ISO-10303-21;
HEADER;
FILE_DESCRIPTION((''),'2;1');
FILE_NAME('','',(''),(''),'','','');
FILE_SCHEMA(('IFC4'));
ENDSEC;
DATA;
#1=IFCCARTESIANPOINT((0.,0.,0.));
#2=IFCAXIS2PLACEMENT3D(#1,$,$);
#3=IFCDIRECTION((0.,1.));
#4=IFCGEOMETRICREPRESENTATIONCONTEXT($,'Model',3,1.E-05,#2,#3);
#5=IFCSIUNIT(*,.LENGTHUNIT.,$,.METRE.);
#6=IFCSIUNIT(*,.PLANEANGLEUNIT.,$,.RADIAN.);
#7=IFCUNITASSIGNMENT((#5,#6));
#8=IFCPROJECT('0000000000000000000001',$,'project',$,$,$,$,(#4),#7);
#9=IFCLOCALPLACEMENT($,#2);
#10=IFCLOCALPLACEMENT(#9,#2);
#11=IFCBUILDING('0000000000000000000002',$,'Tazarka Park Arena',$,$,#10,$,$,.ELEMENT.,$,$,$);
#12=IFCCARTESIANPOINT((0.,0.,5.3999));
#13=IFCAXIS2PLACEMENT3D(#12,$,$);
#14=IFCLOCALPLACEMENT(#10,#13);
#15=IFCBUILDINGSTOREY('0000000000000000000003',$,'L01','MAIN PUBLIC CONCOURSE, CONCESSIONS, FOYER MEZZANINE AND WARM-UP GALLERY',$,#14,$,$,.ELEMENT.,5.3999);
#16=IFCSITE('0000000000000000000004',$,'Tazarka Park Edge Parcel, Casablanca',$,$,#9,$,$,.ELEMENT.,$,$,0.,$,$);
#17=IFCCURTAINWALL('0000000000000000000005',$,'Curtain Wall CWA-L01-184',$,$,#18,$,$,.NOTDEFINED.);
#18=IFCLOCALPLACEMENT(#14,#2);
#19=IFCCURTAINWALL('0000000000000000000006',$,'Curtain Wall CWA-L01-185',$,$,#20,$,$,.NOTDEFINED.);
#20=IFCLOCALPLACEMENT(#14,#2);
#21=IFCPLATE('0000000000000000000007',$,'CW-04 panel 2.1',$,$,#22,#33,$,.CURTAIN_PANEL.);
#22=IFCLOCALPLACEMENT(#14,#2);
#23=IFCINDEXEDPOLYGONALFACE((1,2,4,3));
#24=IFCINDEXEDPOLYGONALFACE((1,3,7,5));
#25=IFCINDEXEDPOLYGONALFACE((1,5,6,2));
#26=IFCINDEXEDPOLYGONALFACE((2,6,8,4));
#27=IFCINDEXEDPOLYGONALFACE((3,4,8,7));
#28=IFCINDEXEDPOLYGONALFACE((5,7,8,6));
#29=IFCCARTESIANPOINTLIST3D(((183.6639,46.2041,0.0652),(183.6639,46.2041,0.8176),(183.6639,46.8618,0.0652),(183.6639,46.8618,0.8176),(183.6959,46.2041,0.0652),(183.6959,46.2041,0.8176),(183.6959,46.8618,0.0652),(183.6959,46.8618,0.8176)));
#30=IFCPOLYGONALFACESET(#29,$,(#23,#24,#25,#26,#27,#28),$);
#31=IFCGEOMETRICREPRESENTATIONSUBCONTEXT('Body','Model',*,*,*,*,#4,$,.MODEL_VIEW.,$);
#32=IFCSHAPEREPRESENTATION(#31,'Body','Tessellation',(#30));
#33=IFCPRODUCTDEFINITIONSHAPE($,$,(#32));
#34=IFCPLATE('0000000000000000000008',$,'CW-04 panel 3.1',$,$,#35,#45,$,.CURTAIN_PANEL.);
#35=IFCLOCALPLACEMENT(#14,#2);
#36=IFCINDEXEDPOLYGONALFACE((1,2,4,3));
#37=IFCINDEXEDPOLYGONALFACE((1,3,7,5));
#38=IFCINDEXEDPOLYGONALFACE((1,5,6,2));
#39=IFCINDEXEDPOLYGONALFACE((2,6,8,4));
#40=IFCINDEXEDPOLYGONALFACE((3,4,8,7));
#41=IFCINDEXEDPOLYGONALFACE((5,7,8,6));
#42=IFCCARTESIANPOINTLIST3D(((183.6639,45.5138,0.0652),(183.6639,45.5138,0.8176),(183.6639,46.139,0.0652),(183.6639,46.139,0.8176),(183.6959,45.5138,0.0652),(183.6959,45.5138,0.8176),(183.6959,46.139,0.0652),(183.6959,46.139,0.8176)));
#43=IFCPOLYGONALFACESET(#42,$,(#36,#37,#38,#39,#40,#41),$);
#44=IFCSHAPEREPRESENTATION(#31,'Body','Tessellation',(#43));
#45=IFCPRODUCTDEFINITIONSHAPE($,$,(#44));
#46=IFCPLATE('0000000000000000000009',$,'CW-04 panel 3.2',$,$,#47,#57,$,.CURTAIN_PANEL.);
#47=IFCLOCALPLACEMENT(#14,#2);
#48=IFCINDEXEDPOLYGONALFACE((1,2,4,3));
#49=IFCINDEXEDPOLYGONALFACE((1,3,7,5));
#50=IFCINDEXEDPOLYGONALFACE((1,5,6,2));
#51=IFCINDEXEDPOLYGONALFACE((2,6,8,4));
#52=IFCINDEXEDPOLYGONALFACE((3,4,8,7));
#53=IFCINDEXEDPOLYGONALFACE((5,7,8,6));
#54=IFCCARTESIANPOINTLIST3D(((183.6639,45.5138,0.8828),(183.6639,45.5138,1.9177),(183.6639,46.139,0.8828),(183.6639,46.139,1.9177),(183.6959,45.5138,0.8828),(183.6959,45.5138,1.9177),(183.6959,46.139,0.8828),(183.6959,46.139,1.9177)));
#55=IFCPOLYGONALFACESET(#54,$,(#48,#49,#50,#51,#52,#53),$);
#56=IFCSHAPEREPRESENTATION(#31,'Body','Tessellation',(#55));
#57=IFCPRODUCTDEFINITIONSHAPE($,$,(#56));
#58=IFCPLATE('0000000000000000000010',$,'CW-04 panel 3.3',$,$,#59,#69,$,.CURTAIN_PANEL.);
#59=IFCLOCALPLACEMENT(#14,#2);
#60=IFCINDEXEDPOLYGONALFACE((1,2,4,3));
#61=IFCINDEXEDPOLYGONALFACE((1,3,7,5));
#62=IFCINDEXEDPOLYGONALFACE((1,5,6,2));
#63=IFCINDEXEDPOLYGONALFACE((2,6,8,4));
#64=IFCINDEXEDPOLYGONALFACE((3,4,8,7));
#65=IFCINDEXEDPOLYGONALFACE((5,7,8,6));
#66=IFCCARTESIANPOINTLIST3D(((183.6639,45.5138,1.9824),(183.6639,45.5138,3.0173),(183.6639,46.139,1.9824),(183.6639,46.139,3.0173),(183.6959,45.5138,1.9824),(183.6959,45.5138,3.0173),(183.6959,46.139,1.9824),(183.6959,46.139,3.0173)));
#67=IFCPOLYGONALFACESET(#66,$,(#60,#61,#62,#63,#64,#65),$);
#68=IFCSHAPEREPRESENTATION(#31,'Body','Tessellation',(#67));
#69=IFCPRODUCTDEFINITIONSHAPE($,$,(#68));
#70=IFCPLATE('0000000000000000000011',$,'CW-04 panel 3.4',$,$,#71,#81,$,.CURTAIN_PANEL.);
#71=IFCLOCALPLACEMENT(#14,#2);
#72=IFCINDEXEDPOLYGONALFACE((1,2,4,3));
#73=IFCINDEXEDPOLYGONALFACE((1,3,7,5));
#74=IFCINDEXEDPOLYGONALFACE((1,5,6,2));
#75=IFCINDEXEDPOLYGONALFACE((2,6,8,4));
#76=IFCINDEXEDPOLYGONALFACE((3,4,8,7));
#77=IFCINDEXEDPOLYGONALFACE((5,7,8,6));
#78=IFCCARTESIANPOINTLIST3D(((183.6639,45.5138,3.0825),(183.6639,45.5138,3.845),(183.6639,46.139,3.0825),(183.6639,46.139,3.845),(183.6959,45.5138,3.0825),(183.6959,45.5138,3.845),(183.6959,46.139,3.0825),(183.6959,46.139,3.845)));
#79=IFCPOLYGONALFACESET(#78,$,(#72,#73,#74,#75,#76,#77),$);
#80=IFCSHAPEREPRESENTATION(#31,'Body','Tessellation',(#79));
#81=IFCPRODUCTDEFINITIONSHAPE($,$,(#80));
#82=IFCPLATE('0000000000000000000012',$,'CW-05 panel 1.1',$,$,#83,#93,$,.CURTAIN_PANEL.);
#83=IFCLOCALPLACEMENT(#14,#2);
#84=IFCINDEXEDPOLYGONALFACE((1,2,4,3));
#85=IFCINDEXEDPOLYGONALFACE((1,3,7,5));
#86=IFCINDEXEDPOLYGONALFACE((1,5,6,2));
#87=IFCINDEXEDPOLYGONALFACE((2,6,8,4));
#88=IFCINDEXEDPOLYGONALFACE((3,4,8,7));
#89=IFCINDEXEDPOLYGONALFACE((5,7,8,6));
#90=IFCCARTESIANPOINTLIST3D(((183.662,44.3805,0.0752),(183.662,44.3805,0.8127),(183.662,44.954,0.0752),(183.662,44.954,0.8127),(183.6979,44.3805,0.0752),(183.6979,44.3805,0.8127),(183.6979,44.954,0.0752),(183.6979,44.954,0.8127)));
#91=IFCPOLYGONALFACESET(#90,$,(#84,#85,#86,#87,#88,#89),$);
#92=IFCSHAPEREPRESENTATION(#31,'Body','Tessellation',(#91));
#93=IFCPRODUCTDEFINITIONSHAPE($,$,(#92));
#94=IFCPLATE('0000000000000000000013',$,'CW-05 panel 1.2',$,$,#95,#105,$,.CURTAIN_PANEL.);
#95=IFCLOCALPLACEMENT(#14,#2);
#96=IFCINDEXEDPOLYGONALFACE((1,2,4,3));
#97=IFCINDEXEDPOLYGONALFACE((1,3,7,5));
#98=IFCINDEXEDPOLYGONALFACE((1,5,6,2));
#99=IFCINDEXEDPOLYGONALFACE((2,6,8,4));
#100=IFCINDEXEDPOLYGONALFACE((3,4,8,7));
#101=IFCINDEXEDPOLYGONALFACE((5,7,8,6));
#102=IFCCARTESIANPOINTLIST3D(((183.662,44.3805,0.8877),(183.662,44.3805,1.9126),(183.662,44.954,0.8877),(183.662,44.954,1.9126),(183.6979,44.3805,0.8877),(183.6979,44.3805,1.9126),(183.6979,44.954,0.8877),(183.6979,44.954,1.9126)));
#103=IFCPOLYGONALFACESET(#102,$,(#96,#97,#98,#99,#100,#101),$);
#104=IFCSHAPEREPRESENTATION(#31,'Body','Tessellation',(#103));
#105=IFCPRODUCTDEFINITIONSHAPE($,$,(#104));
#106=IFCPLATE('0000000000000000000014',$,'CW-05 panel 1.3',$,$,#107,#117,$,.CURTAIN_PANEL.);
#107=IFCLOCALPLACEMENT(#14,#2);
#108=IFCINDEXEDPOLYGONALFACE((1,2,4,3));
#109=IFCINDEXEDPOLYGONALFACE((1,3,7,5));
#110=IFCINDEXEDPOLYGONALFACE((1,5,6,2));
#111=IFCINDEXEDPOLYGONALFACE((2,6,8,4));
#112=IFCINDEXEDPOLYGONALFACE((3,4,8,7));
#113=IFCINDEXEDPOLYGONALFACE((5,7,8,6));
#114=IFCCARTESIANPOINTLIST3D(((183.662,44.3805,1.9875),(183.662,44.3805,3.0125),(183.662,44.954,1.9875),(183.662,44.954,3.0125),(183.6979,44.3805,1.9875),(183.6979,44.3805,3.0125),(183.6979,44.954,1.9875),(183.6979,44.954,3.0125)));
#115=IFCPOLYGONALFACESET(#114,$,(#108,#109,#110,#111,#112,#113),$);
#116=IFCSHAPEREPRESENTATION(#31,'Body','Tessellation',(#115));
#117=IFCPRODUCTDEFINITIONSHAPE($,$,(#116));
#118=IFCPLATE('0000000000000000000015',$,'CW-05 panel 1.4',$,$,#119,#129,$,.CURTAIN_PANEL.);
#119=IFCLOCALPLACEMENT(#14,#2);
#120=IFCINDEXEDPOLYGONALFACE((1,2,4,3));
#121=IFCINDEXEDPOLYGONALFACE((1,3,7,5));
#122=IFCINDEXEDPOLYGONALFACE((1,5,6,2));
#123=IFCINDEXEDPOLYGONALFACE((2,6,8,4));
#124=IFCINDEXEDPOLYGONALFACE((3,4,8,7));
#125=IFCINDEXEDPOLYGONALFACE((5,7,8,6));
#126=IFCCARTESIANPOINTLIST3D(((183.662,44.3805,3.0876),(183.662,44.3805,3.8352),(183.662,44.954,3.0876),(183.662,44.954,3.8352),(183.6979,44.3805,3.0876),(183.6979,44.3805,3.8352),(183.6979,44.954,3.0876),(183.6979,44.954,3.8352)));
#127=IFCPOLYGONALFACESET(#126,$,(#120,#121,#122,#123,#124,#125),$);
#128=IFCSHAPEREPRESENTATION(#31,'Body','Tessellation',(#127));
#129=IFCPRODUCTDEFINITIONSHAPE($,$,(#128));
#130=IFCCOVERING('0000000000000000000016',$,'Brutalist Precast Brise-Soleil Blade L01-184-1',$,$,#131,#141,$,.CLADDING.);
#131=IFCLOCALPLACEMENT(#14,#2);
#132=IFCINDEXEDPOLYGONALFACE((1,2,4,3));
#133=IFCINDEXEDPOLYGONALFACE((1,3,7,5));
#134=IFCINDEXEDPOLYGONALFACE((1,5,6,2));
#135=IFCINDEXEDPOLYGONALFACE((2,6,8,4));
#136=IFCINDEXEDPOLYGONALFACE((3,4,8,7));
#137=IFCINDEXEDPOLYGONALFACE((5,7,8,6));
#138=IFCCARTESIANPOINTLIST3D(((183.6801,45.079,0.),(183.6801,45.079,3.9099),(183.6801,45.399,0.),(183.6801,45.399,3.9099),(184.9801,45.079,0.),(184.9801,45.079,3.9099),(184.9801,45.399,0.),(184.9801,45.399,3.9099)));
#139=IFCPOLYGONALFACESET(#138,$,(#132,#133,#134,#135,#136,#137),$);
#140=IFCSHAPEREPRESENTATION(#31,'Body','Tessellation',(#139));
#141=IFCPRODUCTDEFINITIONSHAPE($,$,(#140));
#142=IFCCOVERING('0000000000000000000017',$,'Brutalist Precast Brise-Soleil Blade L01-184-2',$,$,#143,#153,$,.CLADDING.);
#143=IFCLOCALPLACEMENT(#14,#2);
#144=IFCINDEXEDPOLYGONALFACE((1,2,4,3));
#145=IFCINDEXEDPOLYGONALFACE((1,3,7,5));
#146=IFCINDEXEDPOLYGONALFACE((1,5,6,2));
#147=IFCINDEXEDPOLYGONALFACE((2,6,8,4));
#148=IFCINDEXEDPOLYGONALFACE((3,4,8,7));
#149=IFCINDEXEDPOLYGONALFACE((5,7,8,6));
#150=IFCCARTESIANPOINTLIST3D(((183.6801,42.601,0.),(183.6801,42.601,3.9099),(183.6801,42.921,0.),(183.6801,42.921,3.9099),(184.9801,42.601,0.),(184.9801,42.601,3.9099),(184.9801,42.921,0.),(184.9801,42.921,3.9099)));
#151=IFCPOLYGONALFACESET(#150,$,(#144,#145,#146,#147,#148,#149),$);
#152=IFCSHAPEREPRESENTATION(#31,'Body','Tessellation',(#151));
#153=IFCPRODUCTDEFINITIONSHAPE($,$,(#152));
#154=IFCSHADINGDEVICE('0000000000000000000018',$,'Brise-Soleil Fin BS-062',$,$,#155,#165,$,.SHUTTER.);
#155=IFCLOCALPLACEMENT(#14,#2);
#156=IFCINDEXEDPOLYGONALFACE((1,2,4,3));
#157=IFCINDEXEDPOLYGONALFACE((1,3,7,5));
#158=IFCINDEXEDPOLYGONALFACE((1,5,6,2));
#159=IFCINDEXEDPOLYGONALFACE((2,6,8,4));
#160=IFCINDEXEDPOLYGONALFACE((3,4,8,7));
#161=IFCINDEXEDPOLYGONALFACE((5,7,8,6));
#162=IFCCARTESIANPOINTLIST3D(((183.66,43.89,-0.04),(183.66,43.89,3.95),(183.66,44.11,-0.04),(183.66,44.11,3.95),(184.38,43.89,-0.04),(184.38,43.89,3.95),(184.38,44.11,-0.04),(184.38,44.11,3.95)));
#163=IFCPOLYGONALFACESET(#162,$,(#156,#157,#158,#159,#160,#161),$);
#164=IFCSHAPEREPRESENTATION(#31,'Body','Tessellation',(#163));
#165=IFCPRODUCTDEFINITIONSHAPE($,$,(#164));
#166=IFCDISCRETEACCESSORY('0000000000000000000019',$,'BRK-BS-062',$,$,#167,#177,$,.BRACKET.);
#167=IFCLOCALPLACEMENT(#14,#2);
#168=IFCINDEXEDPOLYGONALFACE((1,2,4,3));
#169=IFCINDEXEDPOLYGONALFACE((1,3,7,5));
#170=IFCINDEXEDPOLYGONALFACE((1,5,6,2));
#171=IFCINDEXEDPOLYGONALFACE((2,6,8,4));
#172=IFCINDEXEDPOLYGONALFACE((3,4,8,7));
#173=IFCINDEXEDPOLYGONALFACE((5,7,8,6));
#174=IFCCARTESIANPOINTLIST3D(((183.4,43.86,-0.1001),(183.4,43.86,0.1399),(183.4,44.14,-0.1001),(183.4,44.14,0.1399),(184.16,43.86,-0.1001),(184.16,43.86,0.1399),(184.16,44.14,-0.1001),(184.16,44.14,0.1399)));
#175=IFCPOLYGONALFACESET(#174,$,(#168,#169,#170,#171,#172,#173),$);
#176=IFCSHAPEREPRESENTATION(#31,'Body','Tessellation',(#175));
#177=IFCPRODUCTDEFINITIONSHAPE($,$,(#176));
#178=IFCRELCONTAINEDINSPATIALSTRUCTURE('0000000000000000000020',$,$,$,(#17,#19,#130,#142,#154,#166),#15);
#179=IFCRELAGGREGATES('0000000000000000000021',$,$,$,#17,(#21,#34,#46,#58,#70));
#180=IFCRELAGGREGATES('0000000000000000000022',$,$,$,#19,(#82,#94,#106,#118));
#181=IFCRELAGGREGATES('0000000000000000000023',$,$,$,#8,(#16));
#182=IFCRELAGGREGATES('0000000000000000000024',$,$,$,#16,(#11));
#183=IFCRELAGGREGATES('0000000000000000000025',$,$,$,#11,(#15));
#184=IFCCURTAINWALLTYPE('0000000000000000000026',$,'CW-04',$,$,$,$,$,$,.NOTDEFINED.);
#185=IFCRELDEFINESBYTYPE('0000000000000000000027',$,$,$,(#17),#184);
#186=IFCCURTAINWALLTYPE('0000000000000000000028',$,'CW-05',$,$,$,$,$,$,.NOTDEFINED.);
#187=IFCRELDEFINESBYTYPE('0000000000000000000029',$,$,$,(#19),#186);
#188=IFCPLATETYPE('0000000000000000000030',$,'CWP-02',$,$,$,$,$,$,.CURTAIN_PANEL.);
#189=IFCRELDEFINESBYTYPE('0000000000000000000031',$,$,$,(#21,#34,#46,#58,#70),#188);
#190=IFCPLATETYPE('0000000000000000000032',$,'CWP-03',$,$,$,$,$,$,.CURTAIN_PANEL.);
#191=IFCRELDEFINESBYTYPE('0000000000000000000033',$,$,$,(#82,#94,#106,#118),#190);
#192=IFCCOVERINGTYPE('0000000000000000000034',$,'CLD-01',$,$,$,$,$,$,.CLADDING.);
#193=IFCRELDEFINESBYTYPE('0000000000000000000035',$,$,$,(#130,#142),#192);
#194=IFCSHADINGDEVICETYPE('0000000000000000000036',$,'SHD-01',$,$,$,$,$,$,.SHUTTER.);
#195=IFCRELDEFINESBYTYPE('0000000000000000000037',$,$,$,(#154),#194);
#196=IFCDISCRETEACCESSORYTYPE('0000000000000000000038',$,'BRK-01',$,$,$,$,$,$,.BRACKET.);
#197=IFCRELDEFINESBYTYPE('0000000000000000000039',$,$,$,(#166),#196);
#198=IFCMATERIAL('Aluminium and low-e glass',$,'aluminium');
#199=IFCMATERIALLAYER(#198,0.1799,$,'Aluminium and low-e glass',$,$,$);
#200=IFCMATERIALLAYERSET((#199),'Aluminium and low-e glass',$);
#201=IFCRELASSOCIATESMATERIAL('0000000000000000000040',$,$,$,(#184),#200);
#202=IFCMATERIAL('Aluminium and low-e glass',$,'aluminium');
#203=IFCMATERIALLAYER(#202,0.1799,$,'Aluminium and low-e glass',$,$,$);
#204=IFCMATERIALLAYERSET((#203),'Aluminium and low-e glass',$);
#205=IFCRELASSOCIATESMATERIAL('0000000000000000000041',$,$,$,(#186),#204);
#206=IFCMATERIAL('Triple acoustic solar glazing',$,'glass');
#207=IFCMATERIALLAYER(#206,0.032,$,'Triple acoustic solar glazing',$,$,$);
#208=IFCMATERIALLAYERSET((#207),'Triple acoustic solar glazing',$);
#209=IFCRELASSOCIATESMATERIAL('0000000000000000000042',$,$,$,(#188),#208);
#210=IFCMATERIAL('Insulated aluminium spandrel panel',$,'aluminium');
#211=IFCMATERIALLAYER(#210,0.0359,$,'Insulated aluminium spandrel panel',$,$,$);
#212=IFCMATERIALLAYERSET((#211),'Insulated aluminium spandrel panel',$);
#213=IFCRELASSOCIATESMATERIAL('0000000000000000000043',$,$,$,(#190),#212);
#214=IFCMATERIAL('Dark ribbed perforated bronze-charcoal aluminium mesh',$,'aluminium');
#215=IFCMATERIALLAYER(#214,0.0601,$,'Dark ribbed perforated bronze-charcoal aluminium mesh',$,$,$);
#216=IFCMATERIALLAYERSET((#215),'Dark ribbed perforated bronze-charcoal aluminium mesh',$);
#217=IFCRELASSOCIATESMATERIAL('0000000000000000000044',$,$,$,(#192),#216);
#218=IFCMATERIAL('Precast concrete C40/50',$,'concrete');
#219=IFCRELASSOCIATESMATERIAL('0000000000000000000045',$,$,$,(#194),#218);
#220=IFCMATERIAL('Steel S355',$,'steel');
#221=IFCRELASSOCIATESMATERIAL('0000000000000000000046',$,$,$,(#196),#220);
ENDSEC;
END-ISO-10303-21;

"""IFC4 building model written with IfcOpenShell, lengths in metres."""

from ifc_helpers import new_model, si_unit, direction, frame, origin, origin_2d, place, context, subcontext, project, spatial, rectangle, extrude, material, layer, layer_set, type_object, element, aggregate, save


model = new_model("IFC4")

# Units and contexts
model_context = context("Model", 3, precision=1e-05, world=origin(), true_north=direction((0.0, 1.0)))
body_context = subcontext(model_context, "Body", "Model", "MODEL_VIEW")
ifc_project = project(units=[si_unit("LENGTHUNIT", "METRE"), si_unit("PLANEANGLEUNIT", "RADIAN")], contexts=[model_context])

# Site, building, storey
site_placement = place(None, origin())
site = spatial("IfcSite", under=ifc_project, at=site_placement, Name="Tazarka Park Edge Parcel, Casablanca", CompositionType="ELEMENT", RefElevation=0.0)
building_placement = place(site_placement, origin())
building = spatial("IfcBuilding", under=site, at=building_placement, Name="Tazarka Park Arena", CompositionType="ELEMENT")
storey_placement = place(building_placement, frame((0.0, 0.0, 5.3999)))
storey = spatial("IfcBuildingStorey", under=building, at=storey_placement, Name="L01", Description="MAIN PUBLIC CONCOURSE, CONCESSIONS, FOYER MEZZANINE AND WARM-UP GALLERY", CompositionType="ELEMENT", Elevation=5.3999)

# Curtain walls
ifc_material_1 = material(Name="Aluminium and low-e glass", Category="aluminium")
ifc_layer_1 = layer(ifc_material_1, 0.1799, Name="Aluminium and low-e glass")
ifc_layer_set_1 = layer_set([ifc_layer_1], Name="Aluminium and low-e glass")
curtain_wall_type_1 = type_object("IfcCurtainWallType", Name="CW-04", PredefinedType="NOTDEFINED", material=ifc_layer_set_1)
curtain_wall_1_placement = place(storey_placement, origin())
curtain_wall_1 = element("IfcCurtainWall", 1, at=curtain_wall_1_placement, inside=storey, type_object=curtain_wall_type_1, Name="Curtain Wall CWA-L01-184", PredefinedType="NOTDEFINED")
ifc_material_2 = material(Name="Aluminium and low-e glass", Category="aluminium")
ifc_layer_2 = layer(ifc_material_2, 0.1799, Name="Aluminium and low-e glass")
ifc_layer_set_2 = layer_set([ifc_layer_2], Name="Aluminium and low-e glass")
curtain_wall_type_2 = type_object("IfcCurtainWallType", Name="CW-05", PredefinedType="NOTDEFINED", material=ifc_layer_set_2)
curtain_wall_2_placement = place(storey_placement, origin())
curtain_wall_2 = element("IfcCurtainWall", 2, at=curtain_wall_2_placement, inside=storey, type_object=curtain_wall_type_2, Name="Curtain Wall CWA-L01-185", PredefinedType="NOTDEFINED")

# Plates
ifc_material_3 = material(Name="Triple acoustic solar glazing", Category="glass")
ifc_layer_3 = layer(ifc_material_3, 0.032, Name="Triple acoustic solar glazing")
ifc_layer_set_3 = layer_set([ifc_layer_3], Name="Triple acoustic solar glazing")
plate_type_1 = type_object("IfcPlateType", Name="CWP-02", PredefinedType="CURTAIN_PANEL", material=ifc_layer_set_3)
plate_1_placement = place(storey_placement, frame((183.6799, 46.533, 0.0652), z_axis=(0.0, 0.0, 1.0), x_axis=(0.0, -1.0, 0.0)))
plate_1 = element("IfcPlate", 3, at=plate_1_placement, type_object=plate_type_1, Name="CW-04 panel 2.1", PredefinedType="CURTAIN_PANEL", context=body_context, shape_type="SweptSolid", body=[
    extrude(rectangle(XDim=0.6577, YDim=0.032, at=origin_2d()), origin(), (0.0, 0.0, 1.0), 0.7524),
])
plate_2_placement = place(storey_placement, frame((183.6799, 45.8264, 0.0652), z_axis=(0.0, 0.0, 1.0), x_axis=(0.0, -1.0, 0.0)))
plate_2 = element("IfcPlate", 4, at=plate_2_placement, type_object=plate_type_1, Name="CW-04 panel 3.1", PredefinedType="CURTAIN_PANEL", context=body_context, shape_type="SweptSolid", body=[
    extrude(rectangle(XDim=0.6252, YDim=0.032, at=origin_2d()), origin(), (0.0, 0.0, 1.0), 0.7524),
])
plate_3_placement = place(storey_placement, frame((183.6799, 45.8264, 0.8828), z_axis=(0.0, 0.0, 1.0), x_axis=(0.0, -1.0, 0.0)))
plate_3 = element("IfcPlate", 5, at=plate_3_placement, type_object=plate_type_1, Name="CW-04 panel 3.2", PredefinedType="CURTAIN_PANEL", context=body_context, shape_type="SweptSolid", body=[
    extrude(rectangle(XDim=0.6252, YDim=0.032, at=origin_2d()), origin(), (0.0, 0.0, 1.0), 1.0349),
])
plate_4_placement = place(storey_placement, frame((183.6799, 45.8264, 1.9824), z_axis=(0.0, 0.0, 1.0), x_axis=(0.0, -1.0, 0.0)))
plate_4 = element("IfcPlate", 6, at=plate_4_placement, type_object=plate_type_1, Name="CW-04 panel 3.3", PredefinedType="CURTAIN_PANEL", context=body_context, shape_type="SweptSolid", body=[
    extrude(rectangle(XDim=0.6252, YDim=0.032, at=origin_2d()), origin(), (0.0, 0.0, 1.0), 1.0349),
])
plate_5_placement = place(storey_placement, frame((183.6799, 45.8264, 3.0825), z_axis=(0.0, 0.0, 1.0), x_axis=(0.0, -1.0, 0.0)))
plate_5 = element("IfcPlate", 7, at=plate_5_placement, type_object=plate_type_1, Name="CW-04 panel 3.4", PredefinedType="CURTAIN_PANEL", context=body_context, shape_type="SweptSolid", body=[
    extrude(rectangle(XDim=0.6252, YDim=0.032, at=origin_2d()), origin(), (0.0, 0.0, 1.0), 0.7625),
])
aggregate(curtain_wall_1, [plate_1, plate_2, plate_3, plate_4, plate_5])
ifc_material_4 = material(Name="Insulated aluminium spandrel panel", Category="aluminium")
ifc_layer_4 = layer(ifc_material_4, 0.0359, Name="Insulated aluminium spandrel panel")
ifc_layer_set_4 = layer_set([ifc_layer_4], Name="Insulated aluminium spandrel panel")
plate_type_2 = type_object("IfcPlateType", Name="CWP-03", PredefinedType="CURTAIN_PANEL", material=ifc_layer_set_4)
plate_6_placement = place(storey_placement, frame((183.6799, 44.6672, 0.0752), z_axis=(0.0, 0.0, 1.0), x_axis=(0.0, -1.0, 0.0)))
plate_6 = element("IfcPlate", 8, at=plate_6_placement, type_object=plate_type_2, Name="CW-05 panel 1.1", PredefinedType="CURTAIN_PANEL", context=body_context, shape_type="SweptSolid", body=[
    extrude(rectangle(XDim=0.5735, YDim=0.0359, at=origin_2d()), origin(), (0.0, 0.0, 1.0), 0.7375),
])
plate_7_placement = place(storey_placement, frame((183.6799, 44.6672, 0.8877), z_axis=(0.0, 0.0, 1.0), x_axis=(0.0, -1.0, 0.0)))
plate_7 = element("IfcPlate", 9, at=plate_7_placement, type_object=plate_type_2, Name="CW-05 panel 1.2", PredefinedType="CURTAIN_PANEL", context=body_context, shape_type="SweptSolid", body=[
    extrude(rectangle(XDim=0.5735, YDim=0.0359, at=origin_2d()), origin(), (0.0, 0.0, 1.0), 1.0249),
])
plate_8_placement = place(storey_placement, frame((183.6799, 44.6672, 1.9875), z_axis=(0.0, 0.0, 1.0), x_axis=(0.0, -1.0, 0.0)))
plate_8 = element("IfcPlate", 10, at=plate_8_placement, type_object=plate_type_2, Name="CW-05 panel 1.3", PredefinedType="CURTAIN_PANEL", context=body_context, shape_type="SweptSolid", body=[
    extrude(rectangle(XDim=0.5735, YDim=0.0359, at=origin_2d()), origin(), (0.0, 0.0, 1.0), 1.0249),
])
plate_9_placement = place(storey_placement, frame((183.6799, 44.6672, 3.0876), z_axis=(0.0, 0.0, 1.0), x_axis=(0.0, -1.0, 0.0)))
plate_9 = element("IfcPlate", 11, at=plate_9_placement, type_object=plate_type_2, Name="CW-05 panel 1.4", PredefinedType="CURTAIN_PANEL", context=body_context, shape_type="SweptSolid", body=[
    extrude(rectangle(XDim=0.5735, YDim=0.0359, at=origin_2d()), origin(), (0.0, 0.0, 1.0), 0.7476),
])
aggregate(curtain_wall_2, [plate_6, plate_7, plate_8, plate_9])

# Coverings
ifc_material_5 = material(Name="Dark ribbed perforated bronze-charcoal aluminium mesh", Category="aluminium")
ifc_layer_5 = layer(ifc_material_5, 0.0601, Name="Dark ribbed perforated bronze-charcoal aluminium mesh")
ifc_layer_set_5 = layer_set([ifc_layer_5], Name="Dark ribbed perforated bronze-charcoal aluminium mesh")
covering_type = type_object("IfcCoveringType", Name="CLD-01", PredefinedType="CLADDING", material=ifc_layer_set_5)
for number, where, z_axis, x_axis, name in (
    (12, (184.3301, 45.239, 0.0), (0.0, 0.0, 1.0), (0.0, -1.0, 0.0), "Brutalist Precast Brise-Soleil Blade L01-184-1"),
    (13, (184.3301, 42.761, 0.0), (0.0, 0.0, 1.0), (0.0, -1.0, 0.0), "Brutalist Precast Brise-Soleil Blade L01-184-2"),
):
    element("IfcCovering", number, at=place(storey_placement, frame(where, z_axis=z_axis, x_axis=x_axis)), inside=storey, type_object=covering_type, Name=name, PredefinedType="CLADDING", context=body_context, shape_type="SweptSolid", body=[
        extrude(rectangle(XDim=0.3201, YDim=1.3, at=origin_2d()), origin(), (0.0, 0.0, 1.0), 3.9099),
    ])

# Shading device
ifc_material_6 = material(Name="Precast concrete C40/50", Category="concrete")
shading_device_type = type_object("IfcShadingDeviceType", Name="SHD-01", PredefinedType="SHUTTER", material=ifc_material_6)
shading_device_placement = place(storey_placement, frame((184.02, 44.0, -0.04), z_axis=(0.0, 0.0, 1.0), x_axis=(0.0, -1.0, 0.0)))
element("IfcShadingDevice", 14, at=shading_device_placement, inside=storey, type_object=shading_device_type, Name="Brise-Soleil Fin BS-062", PredefinedType="SHUTTER", context=body_context, shape_type="SweptSolid", body=[
    extrude(rectangle(XDim=0.22, YDim=0.72, at=origin_2d()), origin(), (0.0, 0.0, 1.0), 3.99),
])

# Discrete accessory
ifc_material_7 = material(Name="Steel S355", Category="steel")
discrete_accessory_type = type_object("IfcDiscreteAccessoryType", Name="BRK-01", PredefinedType="BRACKET", material=ifc_material_7)
discrete_accessory_placement = place(storey_placement, frame((183.78, 44.0, -0.1001), z_axis=(0.0, 0.0, 1.0), x_axis=(0.0, -1.0, 0.0)))
element("IfcDiscreteAccessory", 15, at=discrete_accessory_placement, inside=storey, type_object=discrete_accessory_type, Name="BRK-BS-062", PredefinedType="BRACKET", context=body_context, shape_type="SweptSolid", body=[
    extrude(rectangle(XDim=0.28, YDim=0.76, at=origin_2d()), origin(), (0.0, 0.0, 1.0), 0.24),
])

save(model, "model.ifc")
